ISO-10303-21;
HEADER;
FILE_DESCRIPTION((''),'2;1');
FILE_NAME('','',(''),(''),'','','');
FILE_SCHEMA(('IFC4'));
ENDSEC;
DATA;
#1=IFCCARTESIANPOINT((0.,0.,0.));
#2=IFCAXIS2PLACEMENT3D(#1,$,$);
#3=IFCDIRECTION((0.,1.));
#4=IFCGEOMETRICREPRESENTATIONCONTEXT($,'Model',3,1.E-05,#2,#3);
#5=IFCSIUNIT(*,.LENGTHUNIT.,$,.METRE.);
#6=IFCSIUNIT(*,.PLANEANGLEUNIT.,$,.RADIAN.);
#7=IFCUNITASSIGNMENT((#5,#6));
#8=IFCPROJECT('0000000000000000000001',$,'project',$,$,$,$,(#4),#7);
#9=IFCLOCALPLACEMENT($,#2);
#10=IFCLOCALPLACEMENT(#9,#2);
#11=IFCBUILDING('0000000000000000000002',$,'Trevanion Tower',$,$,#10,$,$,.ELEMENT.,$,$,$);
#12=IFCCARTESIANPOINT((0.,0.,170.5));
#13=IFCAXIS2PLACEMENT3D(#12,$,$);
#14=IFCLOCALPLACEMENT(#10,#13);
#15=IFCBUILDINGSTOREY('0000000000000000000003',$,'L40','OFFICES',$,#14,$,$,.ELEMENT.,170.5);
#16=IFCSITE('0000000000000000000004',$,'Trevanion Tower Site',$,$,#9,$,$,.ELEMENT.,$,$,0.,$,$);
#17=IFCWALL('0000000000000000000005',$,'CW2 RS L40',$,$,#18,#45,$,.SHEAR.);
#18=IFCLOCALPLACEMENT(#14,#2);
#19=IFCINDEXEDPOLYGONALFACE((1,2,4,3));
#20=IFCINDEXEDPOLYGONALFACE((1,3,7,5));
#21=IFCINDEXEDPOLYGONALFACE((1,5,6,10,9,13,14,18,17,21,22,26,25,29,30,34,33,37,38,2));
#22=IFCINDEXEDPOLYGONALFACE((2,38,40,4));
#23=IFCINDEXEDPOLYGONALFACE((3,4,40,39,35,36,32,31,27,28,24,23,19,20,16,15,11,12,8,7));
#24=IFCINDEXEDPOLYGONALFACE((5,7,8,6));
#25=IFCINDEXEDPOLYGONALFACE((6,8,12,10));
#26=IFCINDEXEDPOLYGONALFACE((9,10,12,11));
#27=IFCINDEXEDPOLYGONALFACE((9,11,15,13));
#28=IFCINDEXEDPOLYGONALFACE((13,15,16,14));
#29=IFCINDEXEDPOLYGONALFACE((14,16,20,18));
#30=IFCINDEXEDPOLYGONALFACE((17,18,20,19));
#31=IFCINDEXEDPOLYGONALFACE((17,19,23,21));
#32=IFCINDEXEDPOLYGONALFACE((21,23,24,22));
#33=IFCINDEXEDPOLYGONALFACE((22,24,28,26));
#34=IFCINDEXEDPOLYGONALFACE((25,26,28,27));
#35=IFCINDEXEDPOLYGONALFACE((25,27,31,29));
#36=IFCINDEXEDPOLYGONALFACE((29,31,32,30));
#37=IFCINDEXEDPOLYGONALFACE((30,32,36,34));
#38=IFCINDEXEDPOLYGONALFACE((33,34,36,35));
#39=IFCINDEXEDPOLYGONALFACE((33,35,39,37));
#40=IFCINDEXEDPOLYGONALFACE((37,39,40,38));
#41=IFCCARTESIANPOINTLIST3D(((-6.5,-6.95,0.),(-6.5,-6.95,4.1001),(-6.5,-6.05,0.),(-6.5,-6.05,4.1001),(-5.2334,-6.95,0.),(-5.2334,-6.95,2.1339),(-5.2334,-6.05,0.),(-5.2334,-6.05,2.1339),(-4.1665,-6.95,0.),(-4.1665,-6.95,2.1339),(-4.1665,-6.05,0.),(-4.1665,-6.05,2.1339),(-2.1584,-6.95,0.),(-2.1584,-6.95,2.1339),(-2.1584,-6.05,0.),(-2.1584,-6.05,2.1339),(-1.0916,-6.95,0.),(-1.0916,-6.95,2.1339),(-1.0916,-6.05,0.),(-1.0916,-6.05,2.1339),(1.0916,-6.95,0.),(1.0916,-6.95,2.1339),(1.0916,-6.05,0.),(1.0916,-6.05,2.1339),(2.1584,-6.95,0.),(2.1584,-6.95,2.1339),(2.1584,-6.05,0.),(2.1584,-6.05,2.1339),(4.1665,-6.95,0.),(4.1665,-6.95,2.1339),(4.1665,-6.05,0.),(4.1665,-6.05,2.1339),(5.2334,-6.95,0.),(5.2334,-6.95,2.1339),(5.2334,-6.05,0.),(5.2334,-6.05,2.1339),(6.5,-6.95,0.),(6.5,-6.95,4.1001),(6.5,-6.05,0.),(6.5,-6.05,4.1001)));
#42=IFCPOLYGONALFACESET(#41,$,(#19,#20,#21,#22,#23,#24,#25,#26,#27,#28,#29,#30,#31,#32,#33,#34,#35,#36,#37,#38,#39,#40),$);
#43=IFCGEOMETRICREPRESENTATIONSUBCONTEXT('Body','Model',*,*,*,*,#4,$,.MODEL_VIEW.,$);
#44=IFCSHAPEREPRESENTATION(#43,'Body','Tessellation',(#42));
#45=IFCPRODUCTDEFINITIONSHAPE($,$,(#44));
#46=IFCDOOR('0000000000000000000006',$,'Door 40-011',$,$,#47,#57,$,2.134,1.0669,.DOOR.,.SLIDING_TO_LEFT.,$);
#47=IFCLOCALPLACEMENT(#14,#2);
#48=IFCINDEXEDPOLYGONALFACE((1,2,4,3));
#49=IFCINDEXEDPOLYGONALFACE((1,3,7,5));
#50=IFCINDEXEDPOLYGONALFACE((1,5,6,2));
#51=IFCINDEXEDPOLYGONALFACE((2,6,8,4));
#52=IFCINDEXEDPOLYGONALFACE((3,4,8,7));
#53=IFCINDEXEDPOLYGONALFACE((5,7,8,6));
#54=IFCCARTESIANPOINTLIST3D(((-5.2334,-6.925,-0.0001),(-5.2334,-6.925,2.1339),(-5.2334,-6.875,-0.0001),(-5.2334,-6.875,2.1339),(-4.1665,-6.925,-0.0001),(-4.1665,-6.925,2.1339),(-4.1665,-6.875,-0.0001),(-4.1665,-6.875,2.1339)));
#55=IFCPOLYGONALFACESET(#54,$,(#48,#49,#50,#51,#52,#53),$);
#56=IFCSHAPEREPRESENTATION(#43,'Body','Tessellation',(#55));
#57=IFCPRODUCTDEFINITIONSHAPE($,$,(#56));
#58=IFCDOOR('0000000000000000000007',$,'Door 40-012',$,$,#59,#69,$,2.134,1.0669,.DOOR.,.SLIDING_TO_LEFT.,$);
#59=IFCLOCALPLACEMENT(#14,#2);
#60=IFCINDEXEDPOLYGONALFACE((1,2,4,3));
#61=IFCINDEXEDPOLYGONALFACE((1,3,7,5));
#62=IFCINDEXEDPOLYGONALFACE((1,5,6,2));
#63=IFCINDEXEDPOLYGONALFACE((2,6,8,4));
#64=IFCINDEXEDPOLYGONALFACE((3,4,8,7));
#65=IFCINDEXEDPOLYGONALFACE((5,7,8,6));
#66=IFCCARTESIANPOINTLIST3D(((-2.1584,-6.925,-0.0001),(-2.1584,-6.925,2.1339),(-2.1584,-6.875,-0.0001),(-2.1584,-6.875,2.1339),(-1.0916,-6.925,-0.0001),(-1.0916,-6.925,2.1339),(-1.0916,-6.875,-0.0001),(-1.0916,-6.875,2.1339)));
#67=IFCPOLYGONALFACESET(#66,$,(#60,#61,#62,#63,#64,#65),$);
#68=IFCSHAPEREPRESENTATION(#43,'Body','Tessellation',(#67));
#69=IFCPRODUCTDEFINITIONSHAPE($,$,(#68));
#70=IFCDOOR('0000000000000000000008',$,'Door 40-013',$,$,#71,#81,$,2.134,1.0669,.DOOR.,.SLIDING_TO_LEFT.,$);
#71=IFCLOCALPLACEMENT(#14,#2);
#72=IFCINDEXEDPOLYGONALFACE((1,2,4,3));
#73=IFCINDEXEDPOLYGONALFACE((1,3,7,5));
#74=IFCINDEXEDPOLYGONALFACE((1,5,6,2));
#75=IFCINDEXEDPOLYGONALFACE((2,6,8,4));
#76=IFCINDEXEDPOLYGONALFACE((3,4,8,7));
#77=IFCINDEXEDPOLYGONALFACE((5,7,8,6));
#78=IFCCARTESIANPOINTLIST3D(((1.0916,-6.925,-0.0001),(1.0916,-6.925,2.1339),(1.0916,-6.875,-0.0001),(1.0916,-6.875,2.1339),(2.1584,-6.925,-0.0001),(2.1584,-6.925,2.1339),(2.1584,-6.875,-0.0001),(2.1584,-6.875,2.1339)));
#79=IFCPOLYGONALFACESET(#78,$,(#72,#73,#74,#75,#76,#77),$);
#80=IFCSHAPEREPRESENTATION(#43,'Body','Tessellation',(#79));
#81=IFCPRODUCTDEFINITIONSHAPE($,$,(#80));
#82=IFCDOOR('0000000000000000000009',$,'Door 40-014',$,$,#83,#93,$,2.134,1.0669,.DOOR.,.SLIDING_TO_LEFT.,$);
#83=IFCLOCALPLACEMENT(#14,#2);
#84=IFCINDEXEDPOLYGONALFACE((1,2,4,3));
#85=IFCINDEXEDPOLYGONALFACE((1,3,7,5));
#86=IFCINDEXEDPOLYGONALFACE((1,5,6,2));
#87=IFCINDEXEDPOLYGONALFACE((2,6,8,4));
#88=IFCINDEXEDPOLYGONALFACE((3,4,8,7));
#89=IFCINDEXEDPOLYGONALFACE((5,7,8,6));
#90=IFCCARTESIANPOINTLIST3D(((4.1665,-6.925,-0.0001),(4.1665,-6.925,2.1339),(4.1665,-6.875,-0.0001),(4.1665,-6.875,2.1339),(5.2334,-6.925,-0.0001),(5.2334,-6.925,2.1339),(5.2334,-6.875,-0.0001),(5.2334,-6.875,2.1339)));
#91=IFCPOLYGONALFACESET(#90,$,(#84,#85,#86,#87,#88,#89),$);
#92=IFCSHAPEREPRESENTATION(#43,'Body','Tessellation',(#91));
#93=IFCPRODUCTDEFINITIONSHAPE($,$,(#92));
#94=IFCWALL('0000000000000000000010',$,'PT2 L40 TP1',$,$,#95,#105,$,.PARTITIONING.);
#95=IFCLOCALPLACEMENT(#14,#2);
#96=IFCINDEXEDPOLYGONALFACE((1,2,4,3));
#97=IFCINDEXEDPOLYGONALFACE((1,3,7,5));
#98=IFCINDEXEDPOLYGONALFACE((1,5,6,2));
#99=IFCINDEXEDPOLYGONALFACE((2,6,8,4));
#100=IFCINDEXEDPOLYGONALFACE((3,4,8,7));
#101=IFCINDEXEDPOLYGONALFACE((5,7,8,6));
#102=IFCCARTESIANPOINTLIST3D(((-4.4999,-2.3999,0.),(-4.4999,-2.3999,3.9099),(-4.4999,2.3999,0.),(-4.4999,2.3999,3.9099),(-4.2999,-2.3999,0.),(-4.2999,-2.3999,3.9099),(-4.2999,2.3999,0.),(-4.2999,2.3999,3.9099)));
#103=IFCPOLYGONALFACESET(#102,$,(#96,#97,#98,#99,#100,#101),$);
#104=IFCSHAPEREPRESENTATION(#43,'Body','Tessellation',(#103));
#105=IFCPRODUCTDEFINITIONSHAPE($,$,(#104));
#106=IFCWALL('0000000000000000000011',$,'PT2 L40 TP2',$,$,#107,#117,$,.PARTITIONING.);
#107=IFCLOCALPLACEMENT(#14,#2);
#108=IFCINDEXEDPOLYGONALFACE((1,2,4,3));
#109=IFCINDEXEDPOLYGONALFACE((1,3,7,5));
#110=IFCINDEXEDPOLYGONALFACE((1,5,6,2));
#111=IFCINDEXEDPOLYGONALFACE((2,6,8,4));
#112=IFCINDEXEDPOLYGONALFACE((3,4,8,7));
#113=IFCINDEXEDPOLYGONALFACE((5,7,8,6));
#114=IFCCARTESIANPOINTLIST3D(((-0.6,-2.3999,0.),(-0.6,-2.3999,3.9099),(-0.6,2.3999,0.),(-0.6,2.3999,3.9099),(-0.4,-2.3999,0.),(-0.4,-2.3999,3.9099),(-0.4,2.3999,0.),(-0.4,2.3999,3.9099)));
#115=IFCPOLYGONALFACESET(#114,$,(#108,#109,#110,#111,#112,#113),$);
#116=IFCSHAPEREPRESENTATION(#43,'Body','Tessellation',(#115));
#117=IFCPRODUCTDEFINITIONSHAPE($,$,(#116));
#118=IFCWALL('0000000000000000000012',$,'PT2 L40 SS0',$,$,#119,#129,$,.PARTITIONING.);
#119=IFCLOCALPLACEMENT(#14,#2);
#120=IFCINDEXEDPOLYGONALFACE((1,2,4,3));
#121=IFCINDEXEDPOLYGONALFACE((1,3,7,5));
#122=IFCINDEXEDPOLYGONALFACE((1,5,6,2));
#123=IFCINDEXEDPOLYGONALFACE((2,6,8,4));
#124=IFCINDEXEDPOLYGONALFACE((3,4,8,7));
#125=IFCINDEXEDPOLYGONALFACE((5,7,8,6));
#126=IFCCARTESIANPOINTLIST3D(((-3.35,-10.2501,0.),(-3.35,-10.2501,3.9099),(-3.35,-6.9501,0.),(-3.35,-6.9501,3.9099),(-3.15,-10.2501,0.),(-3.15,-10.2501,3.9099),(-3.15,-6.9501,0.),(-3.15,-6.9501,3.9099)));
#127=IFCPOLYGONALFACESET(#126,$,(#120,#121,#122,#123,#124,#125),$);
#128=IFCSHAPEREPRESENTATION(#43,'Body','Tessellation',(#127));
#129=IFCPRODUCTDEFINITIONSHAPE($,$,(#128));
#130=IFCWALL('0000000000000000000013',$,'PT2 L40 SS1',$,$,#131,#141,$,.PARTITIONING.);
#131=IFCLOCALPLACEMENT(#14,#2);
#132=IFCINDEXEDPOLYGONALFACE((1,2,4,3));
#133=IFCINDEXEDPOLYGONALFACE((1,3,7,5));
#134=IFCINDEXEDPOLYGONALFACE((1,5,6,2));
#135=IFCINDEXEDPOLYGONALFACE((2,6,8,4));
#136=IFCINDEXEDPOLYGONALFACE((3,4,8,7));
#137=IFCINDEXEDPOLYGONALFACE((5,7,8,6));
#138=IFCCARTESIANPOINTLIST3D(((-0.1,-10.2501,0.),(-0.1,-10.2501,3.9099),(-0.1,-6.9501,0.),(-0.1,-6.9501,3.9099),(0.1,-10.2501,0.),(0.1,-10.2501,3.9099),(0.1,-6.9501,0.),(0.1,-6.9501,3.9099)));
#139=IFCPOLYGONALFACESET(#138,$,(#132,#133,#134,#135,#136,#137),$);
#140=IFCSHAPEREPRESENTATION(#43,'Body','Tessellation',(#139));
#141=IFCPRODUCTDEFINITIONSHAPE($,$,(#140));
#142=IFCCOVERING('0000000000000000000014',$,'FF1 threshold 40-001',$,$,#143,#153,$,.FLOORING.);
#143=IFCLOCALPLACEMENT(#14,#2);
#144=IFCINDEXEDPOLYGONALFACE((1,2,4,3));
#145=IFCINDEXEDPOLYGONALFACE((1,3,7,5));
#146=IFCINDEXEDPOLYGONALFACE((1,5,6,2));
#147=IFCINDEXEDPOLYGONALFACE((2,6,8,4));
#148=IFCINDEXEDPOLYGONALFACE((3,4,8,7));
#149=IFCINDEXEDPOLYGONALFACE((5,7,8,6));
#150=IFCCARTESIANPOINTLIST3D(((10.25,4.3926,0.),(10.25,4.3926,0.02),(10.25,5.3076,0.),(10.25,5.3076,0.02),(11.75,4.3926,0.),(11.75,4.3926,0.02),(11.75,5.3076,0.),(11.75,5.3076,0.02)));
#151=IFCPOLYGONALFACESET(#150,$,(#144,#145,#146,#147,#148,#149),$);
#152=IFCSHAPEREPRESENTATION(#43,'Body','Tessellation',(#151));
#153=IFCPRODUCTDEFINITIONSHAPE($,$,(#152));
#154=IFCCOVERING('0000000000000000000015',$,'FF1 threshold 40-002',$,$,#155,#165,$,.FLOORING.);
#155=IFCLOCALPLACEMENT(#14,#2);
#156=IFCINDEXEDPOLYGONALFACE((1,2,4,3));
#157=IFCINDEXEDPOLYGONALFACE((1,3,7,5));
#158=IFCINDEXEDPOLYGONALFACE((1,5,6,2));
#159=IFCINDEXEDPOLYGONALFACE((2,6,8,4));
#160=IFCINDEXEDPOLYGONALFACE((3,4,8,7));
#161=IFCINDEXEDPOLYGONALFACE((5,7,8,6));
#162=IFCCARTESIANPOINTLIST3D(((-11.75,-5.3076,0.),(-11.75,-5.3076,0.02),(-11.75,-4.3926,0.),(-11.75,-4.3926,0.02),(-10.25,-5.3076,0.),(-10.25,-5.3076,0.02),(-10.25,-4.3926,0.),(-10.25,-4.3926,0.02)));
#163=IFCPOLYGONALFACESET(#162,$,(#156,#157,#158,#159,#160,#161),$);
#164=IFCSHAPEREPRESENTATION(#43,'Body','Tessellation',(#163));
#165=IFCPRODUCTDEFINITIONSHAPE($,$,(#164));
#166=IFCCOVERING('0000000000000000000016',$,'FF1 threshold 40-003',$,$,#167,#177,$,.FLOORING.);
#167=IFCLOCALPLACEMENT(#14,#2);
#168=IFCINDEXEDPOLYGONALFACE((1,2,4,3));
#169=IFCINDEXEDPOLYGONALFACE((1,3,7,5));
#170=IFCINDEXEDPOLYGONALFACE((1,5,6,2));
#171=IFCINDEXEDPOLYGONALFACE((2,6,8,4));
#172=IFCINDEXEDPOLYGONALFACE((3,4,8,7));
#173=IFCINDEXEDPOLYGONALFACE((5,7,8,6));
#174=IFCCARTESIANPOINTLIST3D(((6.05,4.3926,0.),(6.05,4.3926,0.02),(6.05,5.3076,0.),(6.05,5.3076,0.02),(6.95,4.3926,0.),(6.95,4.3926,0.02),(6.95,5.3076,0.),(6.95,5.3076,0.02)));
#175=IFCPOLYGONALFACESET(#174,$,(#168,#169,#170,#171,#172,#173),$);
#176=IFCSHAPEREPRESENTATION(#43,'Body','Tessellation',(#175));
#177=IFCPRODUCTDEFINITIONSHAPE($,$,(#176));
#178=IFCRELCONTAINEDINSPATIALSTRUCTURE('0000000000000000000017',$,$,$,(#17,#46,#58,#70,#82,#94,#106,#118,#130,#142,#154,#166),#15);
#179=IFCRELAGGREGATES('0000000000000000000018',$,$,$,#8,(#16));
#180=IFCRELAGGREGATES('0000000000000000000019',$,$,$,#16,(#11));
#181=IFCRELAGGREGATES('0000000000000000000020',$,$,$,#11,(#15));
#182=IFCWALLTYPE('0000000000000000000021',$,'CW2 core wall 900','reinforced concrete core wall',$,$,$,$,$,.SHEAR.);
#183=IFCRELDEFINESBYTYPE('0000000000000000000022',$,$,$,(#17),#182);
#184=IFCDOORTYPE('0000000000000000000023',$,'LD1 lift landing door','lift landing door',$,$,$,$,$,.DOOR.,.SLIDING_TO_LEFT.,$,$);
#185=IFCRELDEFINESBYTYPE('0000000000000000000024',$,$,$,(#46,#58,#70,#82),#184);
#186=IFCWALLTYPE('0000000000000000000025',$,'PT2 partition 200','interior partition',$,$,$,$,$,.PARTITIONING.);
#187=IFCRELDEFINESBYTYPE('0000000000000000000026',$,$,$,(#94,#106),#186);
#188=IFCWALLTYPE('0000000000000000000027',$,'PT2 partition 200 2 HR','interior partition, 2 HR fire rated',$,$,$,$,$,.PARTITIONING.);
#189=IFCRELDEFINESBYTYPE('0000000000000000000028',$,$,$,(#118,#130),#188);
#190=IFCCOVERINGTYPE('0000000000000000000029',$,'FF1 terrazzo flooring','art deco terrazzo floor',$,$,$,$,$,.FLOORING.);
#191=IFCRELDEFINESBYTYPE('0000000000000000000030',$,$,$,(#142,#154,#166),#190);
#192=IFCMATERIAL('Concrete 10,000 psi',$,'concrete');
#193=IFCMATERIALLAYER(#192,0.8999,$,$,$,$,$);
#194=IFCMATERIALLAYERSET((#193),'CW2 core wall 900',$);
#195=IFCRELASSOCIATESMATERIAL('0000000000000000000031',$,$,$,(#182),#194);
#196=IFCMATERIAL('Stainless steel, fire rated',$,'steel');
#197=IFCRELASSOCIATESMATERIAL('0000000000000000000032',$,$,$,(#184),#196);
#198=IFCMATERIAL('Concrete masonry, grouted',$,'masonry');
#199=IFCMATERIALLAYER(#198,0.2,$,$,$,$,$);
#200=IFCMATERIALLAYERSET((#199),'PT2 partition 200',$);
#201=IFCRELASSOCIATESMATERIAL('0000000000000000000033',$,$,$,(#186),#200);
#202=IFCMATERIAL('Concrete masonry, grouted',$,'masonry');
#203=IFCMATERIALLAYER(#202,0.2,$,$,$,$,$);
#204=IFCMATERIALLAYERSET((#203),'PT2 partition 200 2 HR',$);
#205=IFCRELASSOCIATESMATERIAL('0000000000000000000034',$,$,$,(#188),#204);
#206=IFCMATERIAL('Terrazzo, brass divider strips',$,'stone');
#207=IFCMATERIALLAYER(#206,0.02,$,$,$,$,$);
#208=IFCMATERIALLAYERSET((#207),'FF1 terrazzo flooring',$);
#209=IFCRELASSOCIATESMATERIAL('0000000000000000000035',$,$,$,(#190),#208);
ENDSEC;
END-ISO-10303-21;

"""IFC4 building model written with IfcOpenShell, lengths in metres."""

from ifc_helpers import new_model, si_unit, direction, frame, frame_2d, origin, place, context, subcontext, project, spatial, polyline, rectangle, outline, extrude, material, layer, layer_set, type_object, element, fill, save


model = new_model("IFC4")

# Units and contexts
model_context = context("Model", 3, precision=1e-05, world=origin(), true_north=direction((0.0, 1.0)))
body_context = subcontext(model_context, "Body", "Model", "MODEL_VIEW")
ifc_project = project(units=[si_unit("LENGTHUNIT", "METRE"), si_unit("PLANEANGLEUNIT", "RADIAN")], contexts=[model_context])

# Site, building, storey
site_placement = place(None, origin())
site = spatial("IfcSite", under=ifc_project, at=site_placement, Name="Trevanion Tower Site", CompositionType="ELEMENT", RefElevation=0.0)
building_placement = place(site_placement, origin())
building = spatial("IfcBuilding", under=site, at=building_placement, Name="Trevanion Tower", CompositionType="ELEMENT")
storey_placement = place(building_placement, frame((0.0, 0.0, 170.5)))
storey = spatial("IfcBuildingStorey", under=building, at=storey_placement, Name="L40", Description="OFFICES", CompositionType="ELEMENT", Elevation=170.5)

# Wall, openings, doors
ifc_material_1 = material(Name="Concrete 10,000 psi", Category="concrete")
ifc_layer_1 = layer(ifc_material_1, 0.8999)
ifc_layer_set_1 = layer_set([ifc_layer_1], Name="CW2 core wall 900")
wall_type_1 = type_object("IfcWallType", Name="CW2 core wall 900", Description="reinforced concrete core wall", PredefinedType="SHEAR", material=ifc_layer_set_1)
wall_placement = place(storey_placement, frame((-6.5, -6.5, 0.0), z_axis=(0.0, 0.0, 1.0), x_axis=(1.0, 0.0, 0.0)))
wall = element("IfcWall", 1, at=wall_placement, inside=storey, type_object=wall_type_1, Name="CW2 RS L40", PredefinedType="SHEAR", context=body_context, shape_type="SweptSolid", body=[
    extrude(rectangle(XDim=13.0, YDim=0.8999, at=frame_2d((6.5, 0.0))), origin(), (0.0, 0.0, 1.0), 4.1001),
])
opening_1_placement = place(wall_placement, frame((1.2666, 0.0, 0.0)))
opening_1 = element("IfcOpeningElement", 2, at=opening_1_placement, cuts=wall, PredefinedType="OPENING", context=body_context, shape_type="SweptSolid", body=[
    extrude(rectangle(XDim=1.0669, YDim=2.134, at=frame_2d((0.5334, 1.0669))), frame((0.0, 0.46, 0.0), z_axis=(0.0, -1.0, 0.0), x_axis=(1.0, 0.0, 0.0)), (0.0, 0.0, 1.0), 0.9199),
])
opening_2_placement = place(wall_placement, frame((4.3416, 0.0, 0.0)))
opening_2 = element("IfcOpeningElement", 3, at=opening_2_placement, cuts=wall, PredefinedType="OPENING", context=body_context, shape_type="SweptSolid", body=[
    extrude(rectangle(XDim=1.0669, YDim=2.134, at=frame_2d((0.5334, 1.0669))), frame((0.0, 0.46, 0.0), z_axis=(0.0, -1.0, 0.0), x_axis=(1.0, 0.0, 0.0)), (0.0, 0.0, 1.0), 0.9199),
])
opening_3_placement = place(wall_placement, frame((7.5916, 0.0, 0.0)))
opening_3 = element("IfcOpeningElement", 4, at=opening_3_placement, cuts=wall, PredefinedType="OPENING", context=body_context, shape_type="SweptSolid", body=[
    extrude(rectangle(XDim=1.0669, YDim=2.134, at=frame_2d((0.5334, 1.0669))), frame((0.0, 0.46, 0.0), z_axis=(0.0, -1.0, 0.0), x_axis=(1.0, 0.0, 0.0)), (0.0, 0.0, 1.0), 0.9199),
])
opening_4_placement = place(wall_placement, frame((10.6665, 0.0, 0.0)))
opening_4 = element("IfcOpeningElement", 5, at=opening_4_placement, cuts=wall, PredefinedType="OPENING", context=body_context, shape_type="SweptSolid", body=[
    extrude(rectangle(XDim=1.0669, YDim=2.134, at=frame_2d((0.5334, 1.0669))), frame((0.0, 0.46, 0.0), z_axis=(0.0, -1.0, 0.0), x_axis=(1.0, 0.0, 0.0)), (0.0, 0.0, 1.0), 0.9199),
])
ifc_material_2 = material(Name="Stainless steel, fire rated", Category="steel")
door_type = type_object("IfcDoorType", Name="LD1 lift landing door", Description="lift landing door", OperationType="SLIDING_TO_LEFT", PredefinedType="DOOR", material=ifc_material_2)
door_1_placement = place(opening_1_placement, origin())
door_1 = element("IfcDoor", 6, at=door_1_placement, inside=storey, type_object=door_type, Name="Door 40-011", OperationType="SLIDING_TO_LEFT", OverallHeight=2.134, OverallWidth=1.0669, PredefinedType="DOOR", context=body_context, shape_type="SweptSolid", body=[
    extrude(rectangle(XDim=1.0669, YDim=2.134, at=frame_2d((0.5334, 1.0669))), frame((0.0, -0.375, 0.0), z_axis=(0.0, -1.0, 0.0), x_axis=(1.0, 0.0, 0.0)), (0.0, 0.0, 1.0), 0.05),
])
fill(opening_1, door_1)
door_2_placement = place(opening_2_placement, origin())
door_2 = element("IfcDoor", 7, at=door_2_placement, inside=storey, type_object=door_type, Name="Door 40-012", OperationType="SLIDING_TO_LEFT", OverallHeight=2.134, OverallWidth=1.0669, PredefinedType="DOOR", context=body_context, shape_type="SweptSolid", body=[
    extrude(rectangle(XDim=1.0669, YDim=2.134, at=frame_2d((0.5334, 1.0669))), frame((0.0, -0.375, 0.0), z_axis=(0.0, -1.0, 0.0), x_axis=(1.0, 0.0, 0.0)), (0.0, 0.0, 1.0), 0.05),
])
fill(opening_2, door_2)
door_3_placement = place(opening_3_placement, origin())
door_3 = element("IfcDoor", 8, at=door_3_placement, inside=storey, type_object=door_type, Name="Door 40-013", OperationType="SLIDING_TO_LEFT", OverallHeight=2.134, OverallWidth=1.0669, PredefinedType="DOOR", context=body_context, shape_type="SweptSolid", body=[
    extrude(rectangle(XDim=1.0669, YDim=2.134, at=frame_2d((0.5334, 1.0669))), frame((0.0, -0.375, 0.0), z_axis=(0.0, -1.0, 0.0), x_axis=(1.0, 0.0, 0.0)), (0.0, 0.0, 1.0), 0.05),
])
fill(opening_3, door_3)
door_4_placement = place(opening_4_placement, origin())
door_4 = element("IfcDoor", 9, at=door_4_placement, inside=storey, type_object=door_type, Name="Door 40-014", OperationType="SLIDING_TO_LEFT", OverallHeight=2.134, OverallWidth=1.0669, PredefinedType="DOOR", context=body_context, shape_type="SweptSolid", body=[
    extrude(rectangle(XDim=1.0669, YDim=2.134, at=frame_2d((0.5334, 1.0669))), frame((0.0, -0.375, 0.0), z_axis=(0.0, -1.0, 0.0), x_axis=(1.0, 0.0, 0.0)), (0.0, 0.0, 1.0), 0.05),
])
fill(opening_4, door_4)

# Walls
ifc_material_3 = material(Name="Concrete masonry, grouted", Category="masonry")
ifc_layer_2 = layer(ifc_material_3, 0.2)
ifc_layer_set_2 = layer_set([ifc_layer_2], Name="PT2 partition 200")
wall_type_2 = type_object("IfcWallType", Name="PT2 partition 200", Description="interior partition", PredefinedType="PARTITIONING", material=ifc_layer_set_2)
for number, where, z_axis, x_axis, name in (
    (10, (-4.3999, -2.3999, 0.0), (0.0, 0.0, 1.0), (0.0, 1.0, 0.0), "PT2 L40 TP1"),
    (11, (-0.5, -2.3999, 0.0), (0.0, 0.0, 1.0), (0.0, 1.0, 0.0), "PT2 L40 TP2"),
):
    element("IfcWall", number, at=place(storey_placement, frame(where, z_axis=z_axis, x_axis=x_axis)), inside=storey, type_object=wall_type_2, Name=name, PredefinedType="PARTITIONING", context=body_context, shape_type="SweptSolid", body=[
        extrude(rectangle(XDim=4.7998, YDim=0.2, at=frame_2d((2.3999, 0.0))), origin(), (0.0, 0.0, 1.0), 3.9099),
    ])
ifc_material_4 = material(Name="Concrete masonry, grouted", Category="masonry")
ifc_layer_3 = layer(ifc_material_4, 0.2)
ifc_layer_set_3 = layer_set([ifc_layer_3], Name="PT2 partition 200 2 HR")
wall_type_3 = type_object("IfcWallType", Name="PT2 partition 200 2 HR", Description="interior partition, 2 HR fire rated", PredefinedType="PARTITIONING", material=ifc_layer_set_3)
for number, where, z_axis, x_axis, name in (
    (12, (-3.25, -10.25, 0.0), (0.0, 0.0, 1.0), (0.0, 1.0, 0.0), "PT2 L40 SS0"),
    (13, (0.0, -10.25, 0.0), (0.0, 0.0, 1.0), (0.0, 1.0, 0.0), "PT2 L40 SS1"),
):
    element("IfcWall", number, at=place(storey_placement, frame(where, z_axis=z_axis, x_axis=x_axis)), inside=storey, type_object=wall_type_3, Name=name, PredefinedType="PARTITIONING", context=body_context, shape_type="SweptSolid", body=[
        extrude(rectangle(XDim=3.3, YDim=0.2, at=frame_2d((1.6499, 0.0))), origin(), (0.0, 0.0, 1.0), 3.9099),
    ])

# Coverings
ifc_material_5 = material(Name="Terrazzo, brass divider strips", Category="stone")
ifc_layer_4 = layer(ifc_material_5, 0.02)
ifc_layer_set_4 = layer_set([ifc_layer_4], Name="FF1 terrazzo flooring")
covering_type = type_object("IfcCoveringType", Name="FF1 terrazzo flooring", Description="art deco terrazzo floor", PredefinedType="FLOORING", material=ifc_layer_set_4)
covering_1_placement = place(storey_placement, origin())
element("IfcCovering", 14, at=covering_1_placement, inside=storey, type_object=covering_type, Name="FF1 threshold 40-001", PredefinedType="FLOORING", context=body_context, shape_type="SweptSolid", body=[
    extrude(outline(polyline([(11.75, 4.3926), (11.75, 5.3076), (10.25, 5.3076), (10.25, 4.3926), (11.75, 4.3926)])), origin(), (0.0, 0.0, 1.0), 0.02),
])
covering_2_placement = place(storey_placement, origin())
element("IfcCovering", 15, at=covering_2_placement, inside=storey, type_object=covering_type, Name="FF1 threshold 40-002", PredefinedType="FLOORING", context=body_context, shape_type="SweptSolid", body=[
    extrude(outline(polyline([(-11.75, -4.3926), (-11.75, -5.3076), (-10.25, -5.3076), (-10.25, -4.3926), (-11.75, -4.3926)])), origin(), (0.0, 0.0, 1.0), 0.02),
])
covering_3_placement = place(storey_placement, origin())
element("IfcCovering", 16, at=covering_3_placement, inside=storey, type_object=covering_type, Name="FF1 threshold 40-003", PredefinedType="FLOORING", context=body_context, shape_type="SweptSolid", body=[
    extrude(outline(polyline([(6.95, 4.3926), (6.95, 5.3076), (6.05, 5.3076), (6.05, 4.3926), (6.95, 4.3926)])), origin(), (0.0, 0.0, 1.0), 0.02),
])

save(model, "model.ifc")
